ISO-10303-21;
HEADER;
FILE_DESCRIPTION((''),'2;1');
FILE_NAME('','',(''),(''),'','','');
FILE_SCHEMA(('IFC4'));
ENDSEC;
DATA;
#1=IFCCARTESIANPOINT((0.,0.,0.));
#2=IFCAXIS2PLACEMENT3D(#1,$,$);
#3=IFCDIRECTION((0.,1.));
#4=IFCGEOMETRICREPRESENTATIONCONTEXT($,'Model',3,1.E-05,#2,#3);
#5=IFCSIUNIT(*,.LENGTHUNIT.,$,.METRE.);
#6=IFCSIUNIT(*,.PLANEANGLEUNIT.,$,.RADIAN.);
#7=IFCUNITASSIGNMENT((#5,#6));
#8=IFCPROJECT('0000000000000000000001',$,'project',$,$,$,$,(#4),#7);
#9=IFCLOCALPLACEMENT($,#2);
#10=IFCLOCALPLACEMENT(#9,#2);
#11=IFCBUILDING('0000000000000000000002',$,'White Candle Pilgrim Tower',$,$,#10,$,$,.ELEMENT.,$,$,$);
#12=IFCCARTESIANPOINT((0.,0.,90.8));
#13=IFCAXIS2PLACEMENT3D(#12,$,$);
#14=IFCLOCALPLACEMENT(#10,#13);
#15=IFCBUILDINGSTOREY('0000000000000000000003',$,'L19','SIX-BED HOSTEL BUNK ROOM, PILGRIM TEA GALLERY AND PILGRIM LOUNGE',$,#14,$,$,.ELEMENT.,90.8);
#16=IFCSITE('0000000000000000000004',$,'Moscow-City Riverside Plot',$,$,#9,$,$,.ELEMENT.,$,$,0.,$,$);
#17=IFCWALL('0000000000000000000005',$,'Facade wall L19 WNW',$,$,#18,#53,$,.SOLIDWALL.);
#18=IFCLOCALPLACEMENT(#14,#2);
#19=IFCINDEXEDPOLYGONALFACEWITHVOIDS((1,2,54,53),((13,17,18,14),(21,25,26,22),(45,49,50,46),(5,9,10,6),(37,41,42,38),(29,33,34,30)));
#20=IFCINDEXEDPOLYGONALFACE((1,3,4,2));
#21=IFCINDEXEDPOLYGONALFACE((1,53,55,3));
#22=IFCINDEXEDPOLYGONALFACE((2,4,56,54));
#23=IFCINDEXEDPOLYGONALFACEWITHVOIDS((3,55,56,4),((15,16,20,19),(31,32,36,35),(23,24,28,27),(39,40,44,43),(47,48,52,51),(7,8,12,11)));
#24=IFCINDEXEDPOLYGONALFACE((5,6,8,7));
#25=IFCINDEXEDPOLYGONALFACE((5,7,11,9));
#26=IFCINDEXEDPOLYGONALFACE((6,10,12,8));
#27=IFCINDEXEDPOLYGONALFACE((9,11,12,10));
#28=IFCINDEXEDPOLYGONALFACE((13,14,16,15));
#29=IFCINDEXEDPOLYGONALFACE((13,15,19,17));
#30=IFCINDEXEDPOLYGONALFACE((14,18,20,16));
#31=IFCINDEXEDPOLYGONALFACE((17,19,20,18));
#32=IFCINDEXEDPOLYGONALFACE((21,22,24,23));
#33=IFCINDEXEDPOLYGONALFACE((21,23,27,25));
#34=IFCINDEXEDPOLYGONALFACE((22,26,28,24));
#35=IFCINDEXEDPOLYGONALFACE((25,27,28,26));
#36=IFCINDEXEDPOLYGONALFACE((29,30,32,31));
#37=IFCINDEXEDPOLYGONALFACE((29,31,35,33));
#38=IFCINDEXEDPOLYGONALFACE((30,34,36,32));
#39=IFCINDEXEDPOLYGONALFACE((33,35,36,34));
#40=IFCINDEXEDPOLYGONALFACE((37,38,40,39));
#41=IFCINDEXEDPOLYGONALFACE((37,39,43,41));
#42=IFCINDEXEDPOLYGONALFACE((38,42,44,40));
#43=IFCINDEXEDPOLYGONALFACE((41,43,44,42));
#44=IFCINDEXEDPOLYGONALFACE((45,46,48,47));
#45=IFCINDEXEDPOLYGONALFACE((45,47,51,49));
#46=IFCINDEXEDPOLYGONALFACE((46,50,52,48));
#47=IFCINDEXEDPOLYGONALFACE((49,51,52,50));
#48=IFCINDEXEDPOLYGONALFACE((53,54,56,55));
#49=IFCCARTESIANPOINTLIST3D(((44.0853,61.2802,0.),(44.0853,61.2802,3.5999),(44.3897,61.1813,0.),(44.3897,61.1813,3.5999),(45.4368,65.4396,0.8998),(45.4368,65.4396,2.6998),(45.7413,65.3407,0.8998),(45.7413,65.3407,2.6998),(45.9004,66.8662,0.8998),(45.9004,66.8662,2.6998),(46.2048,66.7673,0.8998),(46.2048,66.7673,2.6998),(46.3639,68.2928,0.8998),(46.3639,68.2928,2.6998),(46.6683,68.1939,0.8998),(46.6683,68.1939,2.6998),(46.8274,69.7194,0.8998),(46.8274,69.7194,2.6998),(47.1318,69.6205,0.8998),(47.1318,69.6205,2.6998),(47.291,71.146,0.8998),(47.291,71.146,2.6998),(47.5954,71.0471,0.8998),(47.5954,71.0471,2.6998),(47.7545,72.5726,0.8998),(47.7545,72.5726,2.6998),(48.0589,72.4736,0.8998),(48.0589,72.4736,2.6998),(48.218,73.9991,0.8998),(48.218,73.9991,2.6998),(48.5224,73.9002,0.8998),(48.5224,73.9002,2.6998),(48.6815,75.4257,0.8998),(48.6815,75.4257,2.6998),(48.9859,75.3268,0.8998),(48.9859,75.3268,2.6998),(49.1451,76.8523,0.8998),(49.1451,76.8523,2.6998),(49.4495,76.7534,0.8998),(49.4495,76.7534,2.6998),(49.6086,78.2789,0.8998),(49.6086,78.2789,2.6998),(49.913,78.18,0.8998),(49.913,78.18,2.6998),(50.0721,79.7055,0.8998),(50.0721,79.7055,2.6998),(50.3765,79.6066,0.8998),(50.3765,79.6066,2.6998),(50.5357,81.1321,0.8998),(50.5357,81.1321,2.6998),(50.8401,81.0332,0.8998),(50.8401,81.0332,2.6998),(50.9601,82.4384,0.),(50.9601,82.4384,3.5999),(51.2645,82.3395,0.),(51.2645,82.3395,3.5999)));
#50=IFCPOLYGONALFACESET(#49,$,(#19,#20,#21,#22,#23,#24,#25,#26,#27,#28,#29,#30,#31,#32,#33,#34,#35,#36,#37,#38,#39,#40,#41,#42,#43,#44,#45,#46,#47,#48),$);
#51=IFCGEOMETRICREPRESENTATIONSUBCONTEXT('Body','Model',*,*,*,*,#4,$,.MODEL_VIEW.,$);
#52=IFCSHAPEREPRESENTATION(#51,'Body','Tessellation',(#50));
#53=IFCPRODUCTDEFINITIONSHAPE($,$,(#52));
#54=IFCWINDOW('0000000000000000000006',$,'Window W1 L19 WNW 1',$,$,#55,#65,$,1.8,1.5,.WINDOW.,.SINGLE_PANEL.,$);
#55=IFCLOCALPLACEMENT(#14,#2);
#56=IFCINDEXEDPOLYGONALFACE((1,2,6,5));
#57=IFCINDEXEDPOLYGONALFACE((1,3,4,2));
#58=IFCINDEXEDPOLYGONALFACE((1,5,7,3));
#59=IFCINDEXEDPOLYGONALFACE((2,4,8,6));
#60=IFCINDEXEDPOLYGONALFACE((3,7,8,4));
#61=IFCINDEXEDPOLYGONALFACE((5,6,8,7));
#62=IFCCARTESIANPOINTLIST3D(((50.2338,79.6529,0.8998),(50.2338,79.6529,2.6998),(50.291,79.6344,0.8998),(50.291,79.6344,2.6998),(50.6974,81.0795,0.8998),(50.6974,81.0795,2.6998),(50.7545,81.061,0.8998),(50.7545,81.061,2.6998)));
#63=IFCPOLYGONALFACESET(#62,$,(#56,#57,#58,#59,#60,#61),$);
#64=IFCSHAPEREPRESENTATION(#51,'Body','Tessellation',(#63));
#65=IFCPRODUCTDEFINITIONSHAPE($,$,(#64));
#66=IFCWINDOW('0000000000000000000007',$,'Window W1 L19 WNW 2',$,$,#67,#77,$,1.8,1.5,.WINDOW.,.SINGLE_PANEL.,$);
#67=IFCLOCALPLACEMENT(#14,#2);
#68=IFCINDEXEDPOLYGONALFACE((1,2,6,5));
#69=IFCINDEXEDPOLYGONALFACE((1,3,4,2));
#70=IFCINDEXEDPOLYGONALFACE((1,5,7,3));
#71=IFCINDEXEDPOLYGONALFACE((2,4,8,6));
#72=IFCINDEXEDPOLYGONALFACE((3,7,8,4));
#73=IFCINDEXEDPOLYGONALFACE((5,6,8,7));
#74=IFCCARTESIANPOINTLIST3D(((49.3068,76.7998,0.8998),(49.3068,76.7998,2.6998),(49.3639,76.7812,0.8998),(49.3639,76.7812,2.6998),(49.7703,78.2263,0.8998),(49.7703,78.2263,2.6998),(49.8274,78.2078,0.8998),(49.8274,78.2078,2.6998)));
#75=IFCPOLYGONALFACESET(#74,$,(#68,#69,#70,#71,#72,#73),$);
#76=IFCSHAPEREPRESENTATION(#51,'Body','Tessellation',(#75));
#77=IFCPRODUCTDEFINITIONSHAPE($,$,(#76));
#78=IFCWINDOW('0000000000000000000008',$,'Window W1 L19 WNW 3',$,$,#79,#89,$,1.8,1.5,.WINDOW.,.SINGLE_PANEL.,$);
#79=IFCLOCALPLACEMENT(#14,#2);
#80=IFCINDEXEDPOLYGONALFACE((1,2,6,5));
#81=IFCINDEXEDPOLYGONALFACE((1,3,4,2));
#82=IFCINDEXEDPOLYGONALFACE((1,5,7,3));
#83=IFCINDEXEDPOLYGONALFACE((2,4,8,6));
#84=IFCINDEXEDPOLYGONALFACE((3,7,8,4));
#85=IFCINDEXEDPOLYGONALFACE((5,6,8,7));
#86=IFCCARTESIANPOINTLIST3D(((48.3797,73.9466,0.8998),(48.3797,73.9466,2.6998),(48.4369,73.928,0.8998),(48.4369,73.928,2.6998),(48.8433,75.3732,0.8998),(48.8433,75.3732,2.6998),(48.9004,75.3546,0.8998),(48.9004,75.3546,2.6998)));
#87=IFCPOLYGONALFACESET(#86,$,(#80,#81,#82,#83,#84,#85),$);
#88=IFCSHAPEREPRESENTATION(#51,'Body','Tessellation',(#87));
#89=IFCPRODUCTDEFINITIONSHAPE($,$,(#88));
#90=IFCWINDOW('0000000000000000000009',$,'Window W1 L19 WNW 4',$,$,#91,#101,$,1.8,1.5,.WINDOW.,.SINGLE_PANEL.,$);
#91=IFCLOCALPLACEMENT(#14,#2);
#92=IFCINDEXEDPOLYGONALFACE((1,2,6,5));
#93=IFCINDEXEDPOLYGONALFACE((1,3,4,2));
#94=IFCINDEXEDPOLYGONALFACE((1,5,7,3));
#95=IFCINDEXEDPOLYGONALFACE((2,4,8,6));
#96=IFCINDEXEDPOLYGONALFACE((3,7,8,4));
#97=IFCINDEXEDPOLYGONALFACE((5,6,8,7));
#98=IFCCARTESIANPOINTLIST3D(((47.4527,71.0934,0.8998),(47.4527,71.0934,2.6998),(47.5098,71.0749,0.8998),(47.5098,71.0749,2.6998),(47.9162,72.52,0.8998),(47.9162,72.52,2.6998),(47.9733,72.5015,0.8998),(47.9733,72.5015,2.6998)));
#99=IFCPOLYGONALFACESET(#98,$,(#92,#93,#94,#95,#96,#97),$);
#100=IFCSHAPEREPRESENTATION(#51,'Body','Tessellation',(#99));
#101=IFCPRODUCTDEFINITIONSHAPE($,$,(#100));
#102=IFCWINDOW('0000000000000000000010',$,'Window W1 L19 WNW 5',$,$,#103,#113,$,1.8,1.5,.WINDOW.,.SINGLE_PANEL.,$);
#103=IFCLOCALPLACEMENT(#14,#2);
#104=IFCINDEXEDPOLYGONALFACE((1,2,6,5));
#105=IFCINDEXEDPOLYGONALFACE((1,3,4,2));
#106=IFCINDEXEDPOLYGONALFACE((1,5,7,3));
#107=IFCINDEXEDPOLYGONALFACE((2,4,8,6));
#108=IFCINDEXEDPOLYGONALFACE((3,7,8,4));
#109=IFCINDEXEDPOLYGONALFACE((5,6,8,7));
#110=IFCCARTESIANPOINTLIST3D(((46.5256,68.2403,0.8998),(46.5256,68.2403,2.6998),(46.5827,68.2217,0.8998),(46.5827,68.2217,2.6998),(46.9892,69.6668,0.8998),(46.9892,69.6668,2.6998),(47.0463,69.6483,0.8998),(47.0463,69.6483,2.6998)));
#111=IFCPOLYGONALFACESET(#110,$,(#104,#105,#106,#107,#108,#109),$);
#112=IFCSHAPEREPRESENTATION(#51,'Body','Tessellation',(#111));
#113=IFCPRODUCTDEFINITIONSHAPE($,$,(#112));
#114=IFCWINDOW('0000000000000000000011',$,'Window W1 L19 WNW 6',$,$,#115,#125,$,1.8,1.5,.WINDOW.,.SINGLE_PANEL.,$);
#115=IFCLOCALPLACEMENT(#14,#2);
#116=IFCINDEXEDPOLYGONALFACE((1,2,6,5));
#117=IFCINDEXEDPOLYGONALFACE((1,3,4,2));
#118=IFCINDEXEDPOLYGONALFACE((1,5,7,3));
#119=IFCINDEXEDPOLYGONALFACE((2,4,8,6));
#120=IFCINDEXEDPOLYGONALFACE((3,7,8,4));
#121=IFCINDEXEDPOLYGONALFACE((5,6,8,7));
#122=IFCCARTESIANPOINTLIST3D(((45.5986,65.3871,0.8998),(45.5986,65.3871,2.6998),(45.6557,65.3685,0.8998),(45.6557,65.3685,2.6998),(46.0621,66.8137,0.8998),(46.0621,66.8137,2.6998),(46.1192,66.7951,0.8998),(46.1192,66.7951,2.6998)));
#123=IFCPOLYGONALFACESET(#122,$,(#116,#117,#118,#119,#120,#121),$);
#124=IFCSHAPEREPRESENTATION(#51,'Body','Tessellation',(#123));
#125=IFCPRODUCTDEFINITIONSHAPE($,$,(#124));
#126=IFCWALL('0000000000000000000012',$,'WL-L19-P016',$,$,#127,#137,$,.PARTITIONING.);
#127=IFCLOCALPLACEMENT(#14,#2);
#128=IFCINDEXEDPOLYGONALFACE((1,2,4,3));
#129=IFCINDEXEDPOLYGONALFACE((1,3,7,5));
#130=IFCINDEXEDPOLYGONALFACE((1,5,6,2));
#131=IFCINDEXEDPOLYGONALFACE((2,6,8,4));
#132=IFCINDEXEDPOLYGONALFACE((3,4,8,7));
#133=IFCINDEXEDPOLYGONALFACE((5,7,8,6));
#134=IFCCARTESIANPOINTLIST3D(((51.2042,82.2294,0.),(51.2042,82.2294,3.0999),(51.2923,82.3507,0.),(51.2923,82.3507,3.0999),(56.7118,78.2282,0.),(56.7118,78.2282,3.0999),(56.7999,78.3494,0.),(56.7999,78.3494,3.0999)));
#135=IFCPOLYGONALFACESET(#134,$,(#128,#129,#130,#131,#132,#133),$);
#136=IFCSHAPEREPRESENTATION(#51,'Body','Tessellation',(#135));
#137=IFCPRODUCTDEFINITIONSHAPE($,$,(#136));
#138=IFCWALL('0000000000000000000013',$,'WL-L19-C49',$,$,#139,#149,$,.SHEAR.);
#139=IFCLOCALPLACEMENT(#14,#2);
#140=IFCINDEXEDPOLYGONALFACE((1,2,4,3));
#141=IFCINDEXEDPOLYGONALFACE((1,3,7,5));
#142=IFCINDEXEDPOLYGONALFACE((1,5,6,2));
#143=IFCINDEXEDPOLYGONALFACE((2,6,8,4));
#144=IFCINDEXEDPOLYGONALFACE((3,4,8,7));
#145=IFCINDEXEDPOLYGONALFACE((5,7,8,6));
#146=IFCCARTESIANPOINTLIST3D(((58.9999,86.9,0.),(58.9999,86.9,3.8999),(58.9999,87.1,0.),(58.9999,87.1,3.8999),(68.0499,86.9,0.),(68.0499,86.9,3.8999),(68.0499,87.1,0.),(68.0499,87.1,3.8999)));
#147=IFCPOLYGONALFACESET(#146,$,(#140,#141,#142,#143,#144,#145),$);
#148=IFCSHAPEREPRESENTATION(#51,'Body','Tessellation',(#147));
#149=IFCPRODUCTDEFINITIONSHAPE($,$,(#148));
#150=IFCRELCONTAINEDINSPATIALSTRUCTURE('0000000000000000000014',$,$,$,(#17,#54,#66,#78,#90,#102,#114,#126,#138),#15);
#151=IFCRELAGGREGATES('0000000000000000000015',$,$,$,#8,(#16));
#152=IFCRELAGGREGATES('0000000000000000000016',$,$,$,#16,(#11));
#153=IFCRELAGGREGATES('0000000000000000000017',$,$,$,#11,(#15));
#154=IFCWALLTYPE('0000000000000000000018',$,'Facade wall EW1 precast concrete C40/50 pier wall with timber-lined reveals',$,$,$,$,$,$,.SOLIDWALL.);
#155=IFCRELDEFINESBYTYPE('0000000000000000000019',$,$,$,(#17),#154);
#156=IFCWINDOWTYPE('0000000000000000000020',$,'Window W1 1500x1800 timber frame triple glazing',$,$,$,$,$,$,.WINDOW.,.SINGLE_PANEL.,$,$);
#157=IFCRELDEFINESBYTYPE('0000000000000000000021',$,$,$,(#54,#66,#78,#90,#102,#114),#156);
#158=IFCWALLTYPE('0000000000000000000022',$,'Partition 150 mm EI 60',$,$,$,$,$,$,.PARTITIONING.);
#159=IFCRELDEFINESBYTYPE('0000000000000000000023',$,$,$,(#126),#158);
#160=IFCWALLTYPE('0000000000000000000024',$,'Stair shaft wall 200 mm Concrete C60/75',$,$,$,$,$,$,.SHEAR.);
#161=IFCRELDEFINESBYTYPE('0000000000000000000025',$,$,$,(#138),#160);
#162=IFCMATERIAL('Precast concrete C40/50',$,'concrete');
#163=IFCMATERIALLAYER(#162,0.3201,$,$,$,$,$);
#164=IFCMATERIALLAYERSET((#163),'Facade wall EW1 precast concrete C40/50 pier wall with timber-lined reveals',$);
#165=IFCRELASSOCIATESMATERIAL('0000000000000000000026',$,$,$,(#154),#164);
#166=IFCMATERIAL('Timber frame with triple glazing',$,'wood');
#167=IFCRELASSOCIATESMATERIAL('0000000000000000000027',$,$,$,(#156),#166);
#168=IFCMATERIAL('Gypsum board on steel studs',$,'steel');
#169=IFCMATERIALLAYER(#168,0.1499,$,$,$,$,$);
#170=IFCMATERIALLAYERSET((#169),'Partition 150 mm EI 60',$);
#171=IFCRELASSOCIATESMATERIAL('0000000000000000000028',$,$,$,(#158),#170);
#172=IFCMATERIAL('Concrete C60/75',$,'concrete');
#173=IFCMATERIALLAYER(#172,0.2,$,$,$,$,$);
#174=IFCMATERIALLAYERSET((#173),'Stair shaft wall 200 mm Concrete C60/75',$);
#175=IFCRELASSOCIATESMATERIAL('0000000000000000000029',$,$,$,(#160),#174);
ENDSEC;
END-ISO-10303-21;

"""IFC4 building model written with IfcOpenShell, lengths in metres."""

from ifc_helpers import new_model, si_unit, direction, frame, frame_2d, origin, place, context, subcontext, project, spatial, rectangle, extrude, material, layer, layer_set, type_object, element, fill, save


model = new_model("IFC4")

# Units and contexts
model_context = context("Model", 3, precision=1e-05, world=origin(), true_north=direction((0.0, 1.0)))
body_context = subcontext(model_context, "Body", "Model", "MODEL_VIEW")
ifc_project = project(units=[si_unit("LENGTHUNIT", "METRE"), si_unit("PLANEANGLEUNIT", "RADIAN")], contexts=[model_context])

# Site, building, storey
site_placement = place(None, origin())
site = spatial("IfcSite", under=ifc_project, at=site_placement, Name="Moscow-City Riverside Plot", CompositionType="ELEMENT", RefElevation=0.0)
building_placement = place(site_placement, origin())
building = spatial("IfcBuilding", under=site, at=building_placement, Name="White Candle Pilgrim Tower", CompositionType="ELEMENT")
storey_placement = place(building_placement, frame((0.0, 0.0, 90.8)))
storey = spatial("IfcBuildingStorey", under=building, at=storey_placement, Name="L19", Description="SIX-BED HOSTEL BUNK ROOM, PILGRIM TEA GALLERY AND PILGRIM LOUNGE", CompositionType="ELEMENT", Elevation=90.8)

# Shared definitions
ifc_material_1 = material(Name="Concrete C60/75", Category="concrete")

# Wall, openings, windows
ifc_material_2 = material(Name="Precast concrete C40/50", Category="concrete")
ifc_layer_1 = layer(ifc_material_2, 0.3201)
ifc_layer_set_1 = layer_set([ifc_layer_1], Name="Facade wall EW1 precast concrete C40/50 pier wall with timber-lined reveals")
wall_type_1 = type_object("IfcWallType", Name="Facade wall EW1 precast concrete C40/50 pier wall with timber-lined reveals", PredefinedType="SOLIDWALL", material=ifc_layer_set_1)
ifc_material_3 = material(Name="Timber frame with triple glazing", Category="wood")
wall_1_placement = place(storey_placement, frame((51.1123, 82.3889, 0.0), z_axis=(0.0, 0.0, 1.0), x_axis=(-0.309019, -0.951056, 0.0)))
wall_1 = element("IfcWall", 1, at=wall_1_placement, inside=storey, type_object=wall_type_1, Name="Facade wall L19 WNW", PredefinedType="SOLIDWALL", context=body_context, shape_type="SweptSolid", body=[
    extrude(rectangle(XDim=22.2471, YDim=0.3201, at=frame_2d((11.1235, 0.0))), origin(), (0.0, 0.0, 1.0), 3.5999),
])
opening_1_placement = place(wall_1_placement, frame((1.3735, 0.0, 0.8999)))
opening_1 = element("IfcOpeningElement", 2, at=opening_1_placement, cuts=wall_1, PredefinedType="OPENING", context=body_context, shape_type="SweptSolid", body=[
    extrude(rectangle(XDim=1.5, YDim=1.8, at=frame_2d((0.75, 0.8999))), frame((0.0, 0.1699, 0.0), z_axis=(0.0, -1.0, 0.0), x_axis=(1.0, 0.0, 0.0)), (0.0, 0.0, 1.0), 0.3401),
])
opening_2_placement = place(wall_1_placement, frame((4.3735, 0.0, 0.8999)))
opening_2 = element("IfcOpeningElement", 3, at=opening_2_placement, cuts=wall_1, PredefinedType="OPENING", context=body_context, shape_type="SweptSolid", body=[
    extrude(rectangle(XDim=1.5, YDim=1.8, at=frame_2d((0.75, 0.8999))), frame((0.0, 0.1699, 0.0), z_axis=(0.0, -1.0, 0.0), x_axis=(1.0, 0.0, 0.0)), (0.0, 0.0, 1.0), 0.3401),
])
opening_3_placement = place(wall_1_placement, frame((7.3735, 0.0, 0.8999)))
opening_3 = element("IfcOpeningElement", 4, at=opening_3_placement, cuts=wall_1, PredefinedType="OPENING", context=body_context, shape_type="SweptSolid", body=[
    extrude(rectangle(XDim=1.5, YDim=1.8, at=frame_2d((0.75, 0.8999))), frame((0.0, 0.1699, 0.0), z_axis=(0.0, -1.0, 0.0), x_axis=(1.0, 0.0, 0.0)), (0.0, 0.0, 1.0), 0.3401),
])
opening_4_placement = place(wall_1_placement, frame((10.3735, 0.0, 0.8999)))
opening_4 = element("IfcOpeningElement", 5, at=opening_4_placement, cuts=wall_1, PredefinedType="OPENING", context=body_context, shape_type="SweptSolid", body=[
    extrude(rectangle(XDim=1.5, YDim=1.8, at=frame_2d((0.75, 0.8999))), frame((0.0, 0.1699, 0.0), z_axis=(0.0, -1.0, 0.0), x_axis=(1.0, 0.0, 0.0)), (0.0, 0.0, 1.0), 0.3401),
])
opening_5_placement = place(wall_1_placement, frame((13.3735, 0.0, 0.8999)))
opening_5 = element("IfcOpeningElement", 6, at=opening_5_placement, cuts=wall_1, PredefinedType="OPENING", context=body_context, shape_type="SweptSolid", body=[
    extrude(rectangle(XDim=1.5, YDim=1.8, at=frame_2d((0.75, 0.8999))), frame((0.0, 0.1699, 0.0), z_axis=(0.0, -1.0, 0.0), x_axis=(1.0, 0.0, 0.0)), (0.0, 0.0, 1.0), 0.3401),
])
opening_6_placement = place(wall_1_placement, frame((16.3735, 0.0, 0.8999)))
opening_6 = element("IfcOpeningElement", 7, at=opening_6_placement, cuts=wall_1, PredefinedType="OPENING", context=body_context, shape_type="SweptSolid", body=[
    extrude(rectangle(XDim=1.5, YDim=1.8, at=frame_2d((0.75, 0.8999))), frame((0.0, 0.1699, 0.0), z_axis=(0.0, -1.0, 0.0), x_axis=(1.0, 0.0, 0.0)), (0.0, 0.0, 1.0), 0.3401),
])
window_type_1 = type_object("IfcWindowType", Name="Window W1 1500x1800 timber frame triple glazing", PartitioningType="SINGLE_PANEL", PredefinedType="WINDOW", material=ifc_material_3)
window_1_placement = place(opening_1_placement, origin())
window_1 = element("IfcWindow", 8, at=window_1_placement, inside=storey, type_object=window_type_1, Name="Window W1 L19 WNW 1", OverallHeight=1.8, OverallWidth=1.5, PartitioningType="SINGLE_PANEL", PredefinedType="WINDOW", context=body_context, shape_type="SweptSolid", body=[
    extrude(rectangle(XDim=1.5, YDim=1.8, at=frame_2d((0.75, 0.8999))), frame((0.0, 0.0701, 0.0), z_axis=(0.0, -1.0, 0.0), x_axis=(1.0, 0.0, 0.0)), (0.0, 0.0, 1.0), 0.0601),
])
fill(opening_1, window_1)
window_2_placement = place(opening_2_placement, origin())
window_2 = element("IfcWindow", 9, at=window_2_placement, inside=storey, type_object=window_type_1, Name="Window W1 L19 WNW 2", OverallHeight=1.8, OverallWidth=1.5, PartitioningType="SINGLE_PANEL", PredefinedType="WINDOW", context=body_context, shape_type="SweptSolid", body=[
    extrude(rectangle(XDim=1.5, YDim=1.8, at=frame_2d((0.75, 0.8999))), frame((0.0, 0.0701, 0.0), z_axis=(0.0, -1.0, 0.0), x_axis=(1.0, 0.0, 0.0)), (0.0, 0.0, 1.0), 0.0601),
])
fill(opening_2, window_2)
window_3_placement = place(opening_3_placement, origin())
window_3 = element("IfcWindow", 10, at=window_3_placement, inside=storey, type_object=window_type_1, Name="Window W1 L19 WNW 3", OverallHeight=1.8, OverallWidth=1.5, PartitioningType="SINGLE_PANEL", PredefinedType="WINDOW", context=body_context, shape_type="SweptSolid", body=[
    extrude(rectangle(XDim=1.5, YDim=1.8, at=frame_2d((0.75, 0.8999))), frame((0.0, 0.0701, 0.0), z_axis=(0.0, -1.0, 0.0), x_axis=(1.0, 0.0, 0.0)), (0.0, 0.0, 1.0), 0.0601),
])
fill(opening_3, window_3)
window_4_placement = place(opening_4_placement, origin())
window_4 = element("IfcWindow", 11, at=window_4_placement, inside=storey, type_object=window_type_1, Name="Window W1 L19 WNW 4", OverallHeight=1.8, OverallWidth=1.5, PartitioningType="SINGLE_PANEL", PredefinedType="WINDOW", context=body_context, shape_type="SweptSolid", body=[
    extrude(rectangle(XDim=1.5, YDim=1.8, at=frame_2d((0.75, 0.8999))), frame((0.0, 0.0701, 0.0), z_axis=(0.0, -1.0, 0.0), x_axis=(1.0, 0.0, 0.0)), (0.0, 0.0, 1.0), 0.0601),
])
fill(opening_4, window_4)
window_5_placement = place(opening_5_placement, origin())
window_5 = element("IfcWindow", 12, at=window_5_placement, inside=storey, type_object=window_type_1, Name="Window W1 L19 WNW 5", OverallHeight=1.8, OverallWidth=1.5, PartitioningType="SINGLE_PANEL", PredefinedType="WINDOW", context=body_context, shape_type="SweptSolid", body=[
    extrude(rectangle(XDim=1.5, YDim=1.8, at=frame_2d((0.75, 0.8999))), frame((0.0, 0.0701, 0.0), z_axis=(0.0, -1.0, 0.0), x_axis=(1.0, 0.0, 0.0)), (0.0, 0.0, 1.0), 0.0601),
])
fill(opening_5, window_5)
window_6_placement = place(opening_6_placement, origin())
window_6 = element("IfcWindow", 13, at=window_6_placement, inside=storey, type_object=window_type_1, Name="Window W1 L19 WNW 6", OverallHeight=1.8, OverallWidth=1.5, PartitioningType="SINGLE_PANEL", PredefinedType="WINDOW", context=body_context, shape_type="SweptSolid", body=[
    extrude(rectangle(XDim=1.5, YDim=1.8, at=frame_2d((0.75, 0.8999))), frame((0.0, 0.0701, 0.0), z_axis=(0.0, -1.0, 0.0), x_axis=(1.0, 0.0, 0.0)), (0.0, 0.0, 1.0), 0.0601),
])
fill(opening_6, window_6)

# Walls
ifc_material_4 = material(Name="Gypsum board on steel studs", Category="steel")
ifc_layer_2 = layer(ifc_material_4, 0.1499)
ifc_layer_set_2 = layer_set([ifc_layer_2], Name="Partition 150 mm EI 60")
wall_type_2 = type_object("IfcWallType", Name="Partition 150 mm EI 60", PredefinedType="PARTITIONING", material=ifc_layer_set_2)
wall_2_placement = place(storey_placement, frame((51.2483, 82.29, 0.0), z_axis=(0.0, 0.0, 1.0), x_axis=(0.809035, -0.58776, 0.0)))
element("IfcWall", 14, at=wall_2_placement, inside=storey, type_object=wall_type_2, Name="WL-L19-P016", PredefinedType="PARTITIONING", context=body_context, shape_type="SweptSolid", body=[
    extrude(rectangle(XDim=6.8076, YDim=0.1499, at=frame_2d((3.4038, 0.0))), origin(), (0.0, 0.0, 1.0), 3.0999),
])
ifc_layer_3 = layer(ifc_material_1, 0.2)
ifc_layer_set_3 = layer_set([ifc_layer_3], Name="Stair shaft wall 200 mm Concrete C60/75")
wall_type_3 = type_object("IfcWallType", Name="Stair shaft wall 200 mm Concrete C60/75", PredefinedType="SHEAR", material=ifc_layer_set_3)
wall_3_placement = place(storey_placement, frame((59.0, 87.0, 0.0), z_axis=(0.0, 0.0, 1.0), x_axis=(1.0, 0.0, 0.0)))
element("IfcWall", 15, at=wall_3_placement, inside=storey, type_object=wall_type_3, Name="WL-L19-C49", PredefinedType="SHEAR", context=body_context, shape_type="SweptSolid", body=[
    extrude(rectangle(XDim=9.05, YDim=0.2, at=frame_2d((4.5249, 0.0))), origin(), (0.0, 0.0, 1.0), 3.8999),
])

save(model, "model.ifc")
